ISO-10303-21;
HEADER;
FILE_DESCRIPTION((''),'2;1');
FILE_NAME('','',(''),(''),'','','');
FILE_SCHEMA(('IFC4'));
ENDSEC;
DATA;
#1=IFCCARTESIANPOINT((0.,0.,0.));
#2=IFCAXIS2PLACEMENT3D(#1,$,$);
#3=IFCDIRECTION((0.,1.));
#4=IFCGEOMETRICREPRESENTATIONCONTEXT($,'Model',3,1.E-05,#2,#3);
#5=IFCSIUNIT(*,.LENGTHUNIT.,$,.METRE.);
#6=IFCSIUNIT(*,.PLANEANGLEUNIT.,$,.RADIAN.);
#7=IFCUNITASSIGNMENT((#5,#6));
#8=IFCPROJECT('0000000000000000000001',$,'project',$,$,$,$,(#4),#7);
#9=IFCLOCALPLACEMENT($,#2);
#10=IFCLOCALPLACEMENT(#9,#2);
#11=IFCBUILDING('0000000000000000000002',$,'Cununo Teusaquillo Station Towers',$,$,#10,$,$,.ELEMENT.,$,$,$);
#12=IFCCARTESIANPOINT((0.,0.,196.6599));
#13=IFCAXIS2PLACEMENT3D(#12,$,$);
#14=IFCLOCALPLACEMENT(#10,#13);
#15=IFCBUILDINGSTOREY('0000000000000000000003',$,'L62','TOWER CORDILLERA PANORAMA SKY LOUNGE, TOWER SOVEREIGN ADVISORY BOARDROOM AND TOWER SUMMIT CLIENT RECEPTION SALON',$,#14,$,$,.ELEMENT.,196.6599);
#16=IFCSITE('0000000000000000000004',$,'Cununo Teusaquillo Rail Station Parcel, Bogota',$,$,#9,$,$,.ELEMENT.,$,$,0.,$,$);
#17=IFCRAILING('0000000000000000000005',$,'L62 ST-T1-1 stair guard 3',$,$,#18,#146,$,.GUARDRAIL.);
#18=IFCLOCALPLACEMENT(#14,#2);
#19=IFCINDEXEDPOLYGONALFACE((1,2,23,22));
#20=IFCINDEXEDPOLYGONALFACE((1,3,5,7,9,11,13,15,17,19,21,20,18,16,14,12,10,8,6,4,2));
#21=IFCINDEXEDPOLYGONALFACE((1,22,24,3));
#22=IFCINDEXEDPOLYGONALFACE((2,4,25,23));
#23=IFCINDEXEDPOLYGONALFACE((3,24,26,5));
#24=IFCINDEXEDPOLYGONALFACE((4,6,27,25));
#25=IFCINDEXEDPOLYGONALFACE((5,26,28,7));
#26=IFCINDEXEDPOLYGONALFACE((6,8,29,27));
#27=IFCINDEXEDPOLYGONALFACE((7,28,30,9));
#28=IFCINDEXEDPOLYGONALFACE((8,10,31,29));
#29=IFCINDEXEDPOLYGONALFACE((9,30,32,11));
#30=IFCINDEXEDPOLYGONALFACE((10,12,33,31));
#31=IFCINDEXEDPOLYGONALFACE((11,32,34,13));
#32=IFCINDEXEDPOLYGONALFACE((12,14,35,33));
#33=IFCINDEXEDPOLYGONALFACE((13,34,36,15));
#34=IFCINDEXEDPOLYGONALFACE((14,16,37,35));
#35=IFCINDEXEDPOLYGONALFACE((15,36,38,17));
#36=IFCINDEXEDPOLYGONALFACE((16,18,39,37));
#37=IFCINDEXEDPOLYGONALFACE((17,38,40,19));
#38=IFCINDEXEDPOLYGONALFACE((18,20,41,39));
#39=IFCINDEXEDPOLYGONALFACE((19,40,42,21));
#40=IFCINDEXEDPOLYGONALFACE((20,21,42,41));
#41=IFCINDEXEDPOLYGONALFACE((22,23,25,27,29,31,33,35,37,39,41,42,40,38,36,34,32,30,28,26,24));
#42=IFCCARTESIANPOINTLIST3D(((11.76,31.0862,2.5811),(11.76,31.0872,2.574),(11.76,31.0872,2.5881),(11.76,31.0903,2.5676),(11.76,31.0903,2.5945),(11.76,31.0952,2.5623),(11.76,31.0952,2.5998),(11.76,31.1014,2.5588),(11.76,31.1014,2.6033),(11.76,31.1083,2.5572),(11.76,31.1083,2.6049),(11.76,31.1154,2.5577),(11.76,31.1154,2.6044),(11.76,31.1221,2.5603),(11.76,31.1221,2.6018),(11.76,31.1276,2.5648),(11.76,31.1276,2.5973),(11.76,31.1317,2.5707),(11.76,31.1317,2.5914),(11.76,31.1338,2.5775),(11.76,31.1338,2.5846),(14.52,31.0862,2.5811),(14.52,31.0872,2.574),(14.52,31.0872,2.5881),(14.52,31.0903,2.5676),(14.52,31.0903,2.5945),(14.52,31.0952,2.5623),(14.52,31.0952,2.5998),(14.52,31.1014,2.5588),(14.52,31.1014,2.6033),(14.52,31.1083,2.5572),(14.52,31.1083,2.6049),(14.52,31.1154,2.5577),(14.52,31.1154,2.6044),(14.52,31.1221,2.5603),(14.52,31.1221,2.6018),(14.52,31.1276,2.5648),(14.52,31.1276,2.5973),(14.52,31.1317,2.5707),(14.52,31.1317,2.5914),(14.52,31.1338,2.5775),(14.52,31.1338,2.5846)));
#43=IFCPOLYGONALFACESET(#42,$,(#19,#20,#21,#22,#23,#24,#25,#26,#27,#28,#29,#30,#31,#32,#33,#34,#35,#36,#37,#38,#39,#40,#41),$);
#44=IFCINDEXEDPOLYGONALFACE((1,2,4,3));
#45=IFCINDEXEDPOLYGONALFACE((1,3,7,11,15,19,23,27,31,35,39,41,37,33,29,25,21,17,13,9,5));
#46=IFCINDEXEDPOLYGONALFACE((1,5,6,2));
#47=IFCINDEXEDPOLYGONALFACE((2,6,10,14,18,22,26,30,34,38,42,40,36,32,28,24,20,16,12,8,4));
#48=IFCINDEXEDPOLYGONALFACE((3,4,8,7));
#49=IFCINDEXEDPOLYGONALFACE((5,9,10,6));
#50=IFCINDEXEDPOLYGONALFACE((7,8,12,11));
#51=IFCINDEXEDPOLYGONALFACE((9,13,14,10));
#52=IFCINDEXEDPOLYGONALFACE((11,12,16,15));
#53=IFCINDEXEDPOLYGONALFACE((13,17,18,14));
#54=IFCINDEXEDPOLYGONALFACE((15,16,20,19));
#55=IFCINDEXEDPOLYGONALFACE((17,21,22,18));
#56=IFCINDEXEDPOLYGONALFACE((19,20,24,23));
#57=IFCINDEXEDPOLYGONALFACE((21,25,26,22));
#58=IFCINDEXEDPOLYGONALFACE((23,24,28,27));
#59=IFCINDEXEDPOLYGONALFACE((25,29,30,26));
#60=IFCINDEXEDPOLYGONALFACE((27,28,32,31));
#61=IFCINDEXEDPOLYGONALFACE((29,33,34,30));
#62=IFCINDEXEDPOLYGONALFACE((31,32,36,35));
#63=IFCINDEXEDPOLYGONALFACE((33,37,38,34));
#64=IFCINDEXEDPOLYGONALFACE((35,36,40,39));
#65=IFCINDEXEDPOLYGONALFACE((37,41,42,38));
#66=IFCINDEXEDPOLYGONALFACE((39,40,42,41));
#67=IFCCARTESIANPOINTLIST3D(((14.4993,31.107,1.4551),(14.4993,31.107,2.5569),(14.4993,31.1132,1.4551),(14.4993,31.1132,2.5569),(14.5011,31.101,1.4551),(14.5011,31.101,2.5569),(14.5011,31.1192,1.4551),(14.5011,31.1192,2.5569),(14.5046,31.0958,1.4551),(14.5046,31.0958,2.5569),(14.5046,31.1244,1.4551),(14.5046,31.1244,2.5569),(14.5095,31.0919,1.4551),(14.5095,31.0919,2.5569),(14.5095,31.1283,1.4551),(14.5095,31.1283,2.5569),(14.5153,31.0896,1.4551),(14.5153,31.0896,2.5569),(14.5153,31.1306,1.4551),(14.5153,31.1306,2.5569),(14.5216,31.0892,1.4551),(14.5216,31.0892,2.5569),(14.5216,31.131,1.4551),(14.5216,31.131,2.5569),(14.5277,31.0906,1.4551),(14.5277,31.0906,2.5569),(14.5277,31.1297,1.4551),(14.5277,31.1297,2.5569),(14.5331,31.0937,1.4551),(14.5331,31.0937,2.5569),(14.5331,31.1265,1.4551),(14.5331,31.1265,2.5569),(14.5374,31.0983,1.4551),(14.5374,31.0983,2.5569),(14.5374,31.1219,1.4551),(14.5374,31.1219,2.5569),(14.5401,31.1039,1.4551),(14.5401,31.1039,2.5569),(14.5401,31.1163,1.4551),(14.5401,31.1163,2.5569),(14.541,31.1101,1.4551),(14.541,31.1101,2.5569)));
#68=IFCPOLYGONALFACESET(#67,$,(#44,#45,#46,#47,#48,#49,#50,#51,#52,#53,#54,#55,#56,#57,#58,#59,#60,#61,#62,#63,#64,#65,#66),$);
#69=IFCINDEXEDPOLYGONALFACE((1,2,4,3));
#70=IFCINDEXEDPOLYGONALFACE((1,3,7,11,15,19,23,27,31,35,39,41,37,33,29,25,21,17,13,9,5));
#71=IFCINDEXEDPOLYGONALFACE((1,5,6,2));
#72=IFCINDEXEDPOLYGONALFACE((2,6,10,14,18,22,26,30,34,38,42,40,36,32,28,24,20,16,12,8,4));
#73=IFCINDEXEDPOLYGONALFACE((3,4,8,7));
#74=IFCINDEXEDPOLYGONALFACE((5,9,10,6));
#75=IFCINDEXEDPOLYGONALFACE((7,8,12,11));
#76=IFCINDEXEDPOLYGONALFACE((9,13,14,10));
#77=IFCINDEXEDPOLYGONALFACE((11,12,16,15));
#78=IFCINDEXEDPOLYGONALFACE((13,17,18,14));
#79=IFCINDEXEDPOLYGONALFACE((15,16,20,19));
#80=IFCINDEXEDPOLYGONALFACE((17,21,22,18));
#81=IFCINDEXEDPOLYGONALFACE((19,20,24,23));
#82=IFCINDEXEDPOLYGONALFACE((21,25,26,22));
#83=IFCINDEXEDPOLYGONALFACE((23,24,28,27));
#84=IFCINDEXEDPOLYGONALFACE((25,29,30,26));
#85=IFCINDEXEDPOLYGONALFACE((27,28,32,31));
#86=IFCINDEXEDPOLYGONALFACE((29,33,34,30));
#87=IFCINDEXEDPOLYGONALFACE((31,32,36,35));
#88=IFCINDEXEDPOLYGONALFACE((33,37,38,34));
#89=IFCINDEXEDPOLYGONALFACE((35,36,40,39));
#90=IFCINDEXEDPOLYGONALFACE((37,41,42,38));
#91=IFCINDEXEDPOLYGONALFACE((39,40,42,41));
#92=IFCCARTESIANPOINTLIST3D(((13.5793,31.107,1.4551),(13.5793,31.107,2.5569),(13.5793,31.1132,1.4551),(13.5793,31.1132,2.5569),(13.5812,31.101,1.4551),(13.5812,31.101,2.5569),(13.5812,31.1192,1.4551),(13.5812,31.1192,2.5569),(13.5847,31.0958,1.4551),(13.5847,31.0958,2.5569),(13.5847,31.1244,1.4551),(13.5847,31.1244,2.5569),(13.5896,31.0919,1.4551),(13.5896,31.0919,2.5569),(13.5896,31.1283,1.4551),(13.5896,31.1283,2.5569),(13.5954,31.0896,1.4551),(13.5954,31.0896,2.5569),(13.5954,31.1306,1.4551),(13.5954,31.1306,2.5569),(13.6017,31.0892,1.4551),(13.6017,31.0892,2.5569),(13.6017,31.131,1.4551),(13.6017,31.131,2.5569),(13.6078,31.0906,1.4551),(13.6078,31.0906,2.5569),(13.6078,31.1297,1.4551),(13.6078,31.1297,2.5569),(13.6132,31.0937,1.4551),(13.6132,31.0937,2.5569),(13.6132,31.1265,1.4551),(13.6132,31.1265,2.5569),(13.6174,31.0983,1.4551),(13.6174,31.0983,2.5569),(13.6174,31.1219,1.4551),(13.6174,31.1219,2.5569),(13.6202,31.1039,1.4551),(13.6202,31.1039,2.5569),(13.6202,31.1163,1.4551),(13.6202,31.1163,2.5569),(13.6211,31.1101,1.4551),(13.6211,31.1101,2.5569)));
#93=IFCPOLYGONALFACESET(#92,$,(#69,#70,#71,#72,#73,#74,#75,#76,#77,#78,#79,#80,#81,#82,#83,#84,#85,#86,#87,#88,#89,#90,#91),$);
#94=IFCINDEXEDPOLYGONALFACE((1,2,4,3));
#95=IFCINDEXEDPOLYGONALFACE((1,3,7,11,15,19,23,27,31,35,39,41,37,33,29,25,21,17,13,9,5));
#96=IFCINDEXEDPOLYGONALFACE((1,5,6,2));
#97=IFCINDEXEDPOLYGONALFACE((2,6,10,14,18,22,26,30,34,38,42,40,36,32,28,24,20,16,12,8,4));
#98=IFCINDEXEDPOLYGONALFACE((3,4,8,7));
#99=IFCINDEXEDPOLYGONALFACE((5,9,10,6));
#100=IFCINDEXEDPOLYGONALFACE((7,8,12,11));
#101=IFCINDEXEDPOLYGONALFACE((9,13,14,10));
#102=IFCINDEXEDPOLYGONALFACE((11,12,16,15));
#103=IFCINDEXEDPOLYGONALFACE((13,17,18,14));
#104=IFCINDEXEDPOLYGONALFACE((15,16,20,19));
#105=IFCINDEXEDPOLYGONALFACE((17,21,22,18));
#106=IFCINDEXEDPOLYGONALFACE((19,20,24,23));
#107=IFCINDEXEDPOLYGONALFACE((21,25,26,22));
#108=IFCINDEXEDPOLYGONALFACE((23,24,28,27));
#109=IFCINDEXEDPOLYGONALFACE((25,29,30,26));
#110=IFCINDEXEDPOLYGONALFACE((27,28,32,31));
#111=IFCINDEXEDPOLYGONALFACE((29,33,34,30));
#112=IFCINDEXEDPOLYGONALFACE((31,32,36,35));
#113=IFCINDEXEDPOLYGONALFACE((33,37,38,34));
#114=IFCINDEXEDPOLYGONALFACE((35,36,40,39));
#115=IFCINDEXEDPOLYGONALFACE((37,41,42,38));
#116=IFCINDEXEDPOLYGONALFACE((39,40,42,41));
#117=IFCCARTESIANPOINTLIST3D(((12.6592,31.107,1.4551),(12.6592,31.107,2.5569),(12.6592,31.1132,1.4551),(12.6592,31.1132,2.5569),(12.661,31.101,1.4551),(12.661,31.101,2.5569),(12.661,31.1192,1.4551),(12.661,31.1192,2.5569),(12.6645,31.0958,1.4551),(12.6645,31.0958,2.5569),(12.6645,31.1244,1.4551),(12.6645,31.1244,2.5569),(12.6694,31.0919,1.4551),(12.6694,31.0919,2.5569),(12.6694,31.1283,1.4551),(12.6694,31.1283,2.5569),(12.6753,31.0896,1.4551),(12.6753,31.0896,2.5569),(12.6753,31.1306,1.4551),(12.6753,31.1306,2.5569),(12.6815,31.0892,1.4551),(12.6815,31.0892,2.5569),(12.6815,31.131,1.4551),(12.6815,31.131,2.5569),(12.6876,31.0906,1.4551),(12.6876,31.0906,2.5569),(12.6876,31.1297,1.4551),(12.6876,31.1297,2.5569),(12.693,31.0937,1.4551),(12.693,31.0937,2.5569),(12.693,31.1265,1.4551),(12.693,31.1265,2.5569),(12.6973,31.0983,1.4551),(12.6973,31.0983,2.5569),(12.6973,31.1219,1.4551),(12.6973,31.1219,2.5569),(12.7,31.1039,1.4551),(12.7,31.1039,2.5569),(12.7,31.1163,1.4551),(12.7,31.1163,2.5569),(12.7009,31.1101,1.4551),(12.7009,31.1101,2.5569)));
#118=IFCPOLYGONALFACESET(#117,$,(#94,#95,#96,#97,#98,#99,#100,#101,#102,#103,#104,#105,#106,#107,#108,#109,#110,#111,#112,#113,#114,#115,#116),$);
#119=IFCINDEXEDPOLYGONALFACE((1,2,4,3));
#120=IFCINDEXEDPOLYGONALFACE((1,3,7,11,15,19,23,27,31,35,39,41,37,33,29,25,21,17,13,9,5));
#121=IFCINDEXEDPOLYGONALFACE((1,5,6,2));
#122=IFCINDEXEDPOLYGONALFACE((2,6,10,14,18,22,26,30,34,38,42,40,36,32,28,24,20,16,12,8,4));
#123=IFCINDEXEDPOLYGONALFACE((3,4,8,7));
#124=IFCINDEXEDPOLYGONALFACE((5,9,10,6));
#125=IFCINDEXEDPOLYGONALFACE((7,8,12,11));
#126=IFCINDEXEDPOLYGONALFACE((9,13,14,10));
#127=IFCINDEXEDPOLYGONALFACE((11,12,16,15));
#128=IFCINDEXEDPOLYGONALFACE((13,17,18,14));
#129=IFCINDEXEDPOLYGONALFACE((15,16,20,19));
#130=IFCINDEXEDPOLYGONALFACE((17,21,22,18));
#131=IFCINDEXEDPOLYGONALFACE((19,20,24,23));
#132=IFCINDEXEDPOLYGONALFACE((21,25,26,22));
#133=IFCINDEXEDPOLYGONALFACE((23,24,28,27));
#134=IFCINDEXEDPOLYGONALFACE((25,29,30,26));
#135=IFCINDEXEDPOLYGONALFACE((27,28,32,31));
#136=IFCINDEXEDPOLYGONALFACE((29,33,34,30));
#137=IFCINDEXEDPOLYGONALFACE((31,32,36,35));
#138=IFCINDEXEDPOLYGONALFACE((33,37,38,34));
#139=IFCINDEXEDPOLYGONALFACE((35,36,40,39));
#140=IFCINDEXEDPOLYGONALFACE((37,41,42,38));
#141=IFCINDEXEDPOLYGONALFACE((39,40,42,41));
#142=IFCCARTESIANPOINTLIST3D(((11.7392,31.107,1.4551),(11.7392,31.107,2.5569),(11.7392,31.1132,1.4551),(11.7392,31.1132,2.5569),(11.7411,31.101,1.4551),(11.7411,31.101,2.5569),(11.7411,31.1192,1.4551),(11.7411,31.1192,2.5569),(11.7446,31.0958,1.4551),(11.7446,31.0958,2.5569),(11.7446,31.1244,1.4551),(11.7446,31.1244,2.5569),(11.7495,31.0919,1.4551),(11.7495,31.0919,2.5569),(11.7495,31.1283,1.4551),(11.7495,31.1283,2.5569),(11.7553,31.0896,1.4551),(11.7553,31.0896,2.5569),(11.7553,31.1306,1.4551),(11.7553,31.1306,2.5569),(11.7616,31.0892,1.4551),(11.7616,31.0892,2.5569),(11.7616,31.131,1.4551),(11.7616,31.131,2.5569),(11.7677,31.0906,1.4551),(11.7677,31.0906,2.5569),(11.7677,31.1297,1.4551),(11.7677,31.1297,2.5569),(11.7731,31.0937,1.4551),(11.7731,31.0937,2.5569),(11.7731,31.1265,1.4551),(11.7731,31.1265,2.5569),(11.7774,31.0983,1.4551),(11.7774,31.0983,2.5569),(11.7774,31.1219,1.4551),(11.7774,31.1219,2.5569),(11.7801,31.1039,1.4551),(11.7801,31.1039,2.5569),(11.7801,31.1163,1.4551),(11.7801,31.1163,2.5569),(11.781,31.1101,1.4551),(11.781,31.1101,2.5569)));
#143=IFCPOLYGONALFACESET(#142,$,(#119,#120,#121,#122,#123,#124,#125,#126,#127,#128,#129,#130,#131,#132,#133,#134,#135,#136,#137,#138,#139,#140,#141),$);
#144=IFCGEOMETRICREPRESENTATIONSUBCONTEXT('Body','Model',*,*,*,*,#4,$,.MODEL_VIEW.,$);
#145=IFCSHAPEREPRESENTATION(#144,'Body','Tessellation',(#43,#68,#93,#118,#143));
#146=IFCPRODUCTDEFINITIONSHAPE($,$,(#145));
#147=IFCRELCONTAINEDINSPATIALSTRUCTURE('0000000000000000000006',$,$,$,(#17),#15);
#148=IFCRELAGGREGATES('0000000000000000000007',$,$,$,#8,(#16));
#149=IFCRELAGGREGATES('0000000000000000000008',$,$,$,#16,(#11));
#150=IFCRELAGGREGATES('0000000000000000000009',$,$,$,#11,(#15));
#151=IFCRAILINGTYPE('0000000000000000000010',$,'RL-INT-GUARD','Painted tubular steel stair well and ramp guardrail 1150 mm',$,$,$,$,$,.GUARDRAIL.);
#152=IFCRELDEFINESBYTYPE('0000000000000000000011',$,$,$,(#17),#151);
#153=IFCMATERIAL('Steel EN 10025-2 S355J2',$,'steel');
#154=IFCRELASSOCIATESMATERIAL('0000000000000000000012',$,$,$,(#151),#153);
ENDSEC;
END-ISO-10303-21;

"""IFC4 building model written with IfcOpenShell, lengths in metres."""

from ifc_helpers import new_model, si_unit, direction, frame, origin, origin_2d, place, context, subcontext, project, spatial, circle, extrude, material, type_object, element, save


model = new_model("IFC4")

# Units and contexts
model_context = context("Model", 3, precision=1e-05, world=origin(), true_north=direction((0.0, 1.0)))
body_context = subcontext(model_context, "Body", "Model", "MODEL_VIEW")
ifc_project = project(units=[si_unit("LENGTHUNIT", "METRE"), si_unit("PLANEANGLEUNIT", "RADIAN")], contexts=[model_context])

# Site, building, storey
site_placement = place(None, origin())
site = spatial("IfcSite", under=ifc_project, at=site_placement, Name="Cununo Teusaquillo Rail Station Parcel, Bogota", CompositionType="ELEMENT", RefElevation=0.0)
building_placement = place(site_placement, origin())
building = spatial("IfcBuilding", under=site, at=building_placement, Name="Cununo Teusaquillo Station Towers", CompositionType="ELEMENT")
storey_placement = place(building_placement, frame((0.0, 0.0, 196.6599)))
storey = spatial("IfcBuildingStorey", under=building, at=storey_placement, Name="L62", Description="TOWER CORDILLERA PANORAMA SKY LOUNGE, TOWER SOVEREIGN ADVISORY BOARDROOM AND TOWER SUMMIT CLIENT RECEPTION SALON", CompositionType="ELEMENT", Elevation=196.6599)

# Railing
ifc_material_1 = material(Name="Steel EN 10025-2 S355J2", Category="steel")
railing_type_1 = type_object("IfcRailingType", Name="RL-INT-GUARD", Description="Painted tubular steel stair well and ramp guardrail 1150 mm", PredefinedType="GUARDRAIL", material=ifc_material_1)
railing_1_placement = place(storey_placement, frame((14.52, 31.1101, 1.4551)))
element("IfcRailing", 1, at=railing_1_placement, inside=storey, type_object=railing_type_1, Name="L62 ST-T1-1 stair guard 3", PredefinedType="GUARDRAIL", context=body_context, shape_type="SweptSolid", body=[
    extrude(circle(Radius=0.0239, at=origin_2d()), frame((0.0, 0.0, 1.126), z_axis=(-1.0, 0.0, 0.0), x_axis=(0.0, -1.0, 0.0)), (0.0, 0.0, 1.0), 2.76),
    extrude(circle(Radius=0.021, at=origin_2d()), origin(), (0.0, 0.0, 1.0), 1.1018),
    extrude(circle(Radius=0.021, at=origin_2d()), frame((-0.9199, 0.0, 0.0)), (0.0, 0.0, 1.0), 1.1018),
    extrude(circle(Radius=0.021, at=origin_2d()), frame((-1.8401, 0.0, 0.0)), (0.0, 0.0, 1.0), 1.1018),
    extrude(circle(Radius=0.021, at=origin_2d()), frame((-2.76, 0.0, 0.0)), (0.0, 0.0, 1.0), 1.1018),
])

save(model, "model.ifc")
